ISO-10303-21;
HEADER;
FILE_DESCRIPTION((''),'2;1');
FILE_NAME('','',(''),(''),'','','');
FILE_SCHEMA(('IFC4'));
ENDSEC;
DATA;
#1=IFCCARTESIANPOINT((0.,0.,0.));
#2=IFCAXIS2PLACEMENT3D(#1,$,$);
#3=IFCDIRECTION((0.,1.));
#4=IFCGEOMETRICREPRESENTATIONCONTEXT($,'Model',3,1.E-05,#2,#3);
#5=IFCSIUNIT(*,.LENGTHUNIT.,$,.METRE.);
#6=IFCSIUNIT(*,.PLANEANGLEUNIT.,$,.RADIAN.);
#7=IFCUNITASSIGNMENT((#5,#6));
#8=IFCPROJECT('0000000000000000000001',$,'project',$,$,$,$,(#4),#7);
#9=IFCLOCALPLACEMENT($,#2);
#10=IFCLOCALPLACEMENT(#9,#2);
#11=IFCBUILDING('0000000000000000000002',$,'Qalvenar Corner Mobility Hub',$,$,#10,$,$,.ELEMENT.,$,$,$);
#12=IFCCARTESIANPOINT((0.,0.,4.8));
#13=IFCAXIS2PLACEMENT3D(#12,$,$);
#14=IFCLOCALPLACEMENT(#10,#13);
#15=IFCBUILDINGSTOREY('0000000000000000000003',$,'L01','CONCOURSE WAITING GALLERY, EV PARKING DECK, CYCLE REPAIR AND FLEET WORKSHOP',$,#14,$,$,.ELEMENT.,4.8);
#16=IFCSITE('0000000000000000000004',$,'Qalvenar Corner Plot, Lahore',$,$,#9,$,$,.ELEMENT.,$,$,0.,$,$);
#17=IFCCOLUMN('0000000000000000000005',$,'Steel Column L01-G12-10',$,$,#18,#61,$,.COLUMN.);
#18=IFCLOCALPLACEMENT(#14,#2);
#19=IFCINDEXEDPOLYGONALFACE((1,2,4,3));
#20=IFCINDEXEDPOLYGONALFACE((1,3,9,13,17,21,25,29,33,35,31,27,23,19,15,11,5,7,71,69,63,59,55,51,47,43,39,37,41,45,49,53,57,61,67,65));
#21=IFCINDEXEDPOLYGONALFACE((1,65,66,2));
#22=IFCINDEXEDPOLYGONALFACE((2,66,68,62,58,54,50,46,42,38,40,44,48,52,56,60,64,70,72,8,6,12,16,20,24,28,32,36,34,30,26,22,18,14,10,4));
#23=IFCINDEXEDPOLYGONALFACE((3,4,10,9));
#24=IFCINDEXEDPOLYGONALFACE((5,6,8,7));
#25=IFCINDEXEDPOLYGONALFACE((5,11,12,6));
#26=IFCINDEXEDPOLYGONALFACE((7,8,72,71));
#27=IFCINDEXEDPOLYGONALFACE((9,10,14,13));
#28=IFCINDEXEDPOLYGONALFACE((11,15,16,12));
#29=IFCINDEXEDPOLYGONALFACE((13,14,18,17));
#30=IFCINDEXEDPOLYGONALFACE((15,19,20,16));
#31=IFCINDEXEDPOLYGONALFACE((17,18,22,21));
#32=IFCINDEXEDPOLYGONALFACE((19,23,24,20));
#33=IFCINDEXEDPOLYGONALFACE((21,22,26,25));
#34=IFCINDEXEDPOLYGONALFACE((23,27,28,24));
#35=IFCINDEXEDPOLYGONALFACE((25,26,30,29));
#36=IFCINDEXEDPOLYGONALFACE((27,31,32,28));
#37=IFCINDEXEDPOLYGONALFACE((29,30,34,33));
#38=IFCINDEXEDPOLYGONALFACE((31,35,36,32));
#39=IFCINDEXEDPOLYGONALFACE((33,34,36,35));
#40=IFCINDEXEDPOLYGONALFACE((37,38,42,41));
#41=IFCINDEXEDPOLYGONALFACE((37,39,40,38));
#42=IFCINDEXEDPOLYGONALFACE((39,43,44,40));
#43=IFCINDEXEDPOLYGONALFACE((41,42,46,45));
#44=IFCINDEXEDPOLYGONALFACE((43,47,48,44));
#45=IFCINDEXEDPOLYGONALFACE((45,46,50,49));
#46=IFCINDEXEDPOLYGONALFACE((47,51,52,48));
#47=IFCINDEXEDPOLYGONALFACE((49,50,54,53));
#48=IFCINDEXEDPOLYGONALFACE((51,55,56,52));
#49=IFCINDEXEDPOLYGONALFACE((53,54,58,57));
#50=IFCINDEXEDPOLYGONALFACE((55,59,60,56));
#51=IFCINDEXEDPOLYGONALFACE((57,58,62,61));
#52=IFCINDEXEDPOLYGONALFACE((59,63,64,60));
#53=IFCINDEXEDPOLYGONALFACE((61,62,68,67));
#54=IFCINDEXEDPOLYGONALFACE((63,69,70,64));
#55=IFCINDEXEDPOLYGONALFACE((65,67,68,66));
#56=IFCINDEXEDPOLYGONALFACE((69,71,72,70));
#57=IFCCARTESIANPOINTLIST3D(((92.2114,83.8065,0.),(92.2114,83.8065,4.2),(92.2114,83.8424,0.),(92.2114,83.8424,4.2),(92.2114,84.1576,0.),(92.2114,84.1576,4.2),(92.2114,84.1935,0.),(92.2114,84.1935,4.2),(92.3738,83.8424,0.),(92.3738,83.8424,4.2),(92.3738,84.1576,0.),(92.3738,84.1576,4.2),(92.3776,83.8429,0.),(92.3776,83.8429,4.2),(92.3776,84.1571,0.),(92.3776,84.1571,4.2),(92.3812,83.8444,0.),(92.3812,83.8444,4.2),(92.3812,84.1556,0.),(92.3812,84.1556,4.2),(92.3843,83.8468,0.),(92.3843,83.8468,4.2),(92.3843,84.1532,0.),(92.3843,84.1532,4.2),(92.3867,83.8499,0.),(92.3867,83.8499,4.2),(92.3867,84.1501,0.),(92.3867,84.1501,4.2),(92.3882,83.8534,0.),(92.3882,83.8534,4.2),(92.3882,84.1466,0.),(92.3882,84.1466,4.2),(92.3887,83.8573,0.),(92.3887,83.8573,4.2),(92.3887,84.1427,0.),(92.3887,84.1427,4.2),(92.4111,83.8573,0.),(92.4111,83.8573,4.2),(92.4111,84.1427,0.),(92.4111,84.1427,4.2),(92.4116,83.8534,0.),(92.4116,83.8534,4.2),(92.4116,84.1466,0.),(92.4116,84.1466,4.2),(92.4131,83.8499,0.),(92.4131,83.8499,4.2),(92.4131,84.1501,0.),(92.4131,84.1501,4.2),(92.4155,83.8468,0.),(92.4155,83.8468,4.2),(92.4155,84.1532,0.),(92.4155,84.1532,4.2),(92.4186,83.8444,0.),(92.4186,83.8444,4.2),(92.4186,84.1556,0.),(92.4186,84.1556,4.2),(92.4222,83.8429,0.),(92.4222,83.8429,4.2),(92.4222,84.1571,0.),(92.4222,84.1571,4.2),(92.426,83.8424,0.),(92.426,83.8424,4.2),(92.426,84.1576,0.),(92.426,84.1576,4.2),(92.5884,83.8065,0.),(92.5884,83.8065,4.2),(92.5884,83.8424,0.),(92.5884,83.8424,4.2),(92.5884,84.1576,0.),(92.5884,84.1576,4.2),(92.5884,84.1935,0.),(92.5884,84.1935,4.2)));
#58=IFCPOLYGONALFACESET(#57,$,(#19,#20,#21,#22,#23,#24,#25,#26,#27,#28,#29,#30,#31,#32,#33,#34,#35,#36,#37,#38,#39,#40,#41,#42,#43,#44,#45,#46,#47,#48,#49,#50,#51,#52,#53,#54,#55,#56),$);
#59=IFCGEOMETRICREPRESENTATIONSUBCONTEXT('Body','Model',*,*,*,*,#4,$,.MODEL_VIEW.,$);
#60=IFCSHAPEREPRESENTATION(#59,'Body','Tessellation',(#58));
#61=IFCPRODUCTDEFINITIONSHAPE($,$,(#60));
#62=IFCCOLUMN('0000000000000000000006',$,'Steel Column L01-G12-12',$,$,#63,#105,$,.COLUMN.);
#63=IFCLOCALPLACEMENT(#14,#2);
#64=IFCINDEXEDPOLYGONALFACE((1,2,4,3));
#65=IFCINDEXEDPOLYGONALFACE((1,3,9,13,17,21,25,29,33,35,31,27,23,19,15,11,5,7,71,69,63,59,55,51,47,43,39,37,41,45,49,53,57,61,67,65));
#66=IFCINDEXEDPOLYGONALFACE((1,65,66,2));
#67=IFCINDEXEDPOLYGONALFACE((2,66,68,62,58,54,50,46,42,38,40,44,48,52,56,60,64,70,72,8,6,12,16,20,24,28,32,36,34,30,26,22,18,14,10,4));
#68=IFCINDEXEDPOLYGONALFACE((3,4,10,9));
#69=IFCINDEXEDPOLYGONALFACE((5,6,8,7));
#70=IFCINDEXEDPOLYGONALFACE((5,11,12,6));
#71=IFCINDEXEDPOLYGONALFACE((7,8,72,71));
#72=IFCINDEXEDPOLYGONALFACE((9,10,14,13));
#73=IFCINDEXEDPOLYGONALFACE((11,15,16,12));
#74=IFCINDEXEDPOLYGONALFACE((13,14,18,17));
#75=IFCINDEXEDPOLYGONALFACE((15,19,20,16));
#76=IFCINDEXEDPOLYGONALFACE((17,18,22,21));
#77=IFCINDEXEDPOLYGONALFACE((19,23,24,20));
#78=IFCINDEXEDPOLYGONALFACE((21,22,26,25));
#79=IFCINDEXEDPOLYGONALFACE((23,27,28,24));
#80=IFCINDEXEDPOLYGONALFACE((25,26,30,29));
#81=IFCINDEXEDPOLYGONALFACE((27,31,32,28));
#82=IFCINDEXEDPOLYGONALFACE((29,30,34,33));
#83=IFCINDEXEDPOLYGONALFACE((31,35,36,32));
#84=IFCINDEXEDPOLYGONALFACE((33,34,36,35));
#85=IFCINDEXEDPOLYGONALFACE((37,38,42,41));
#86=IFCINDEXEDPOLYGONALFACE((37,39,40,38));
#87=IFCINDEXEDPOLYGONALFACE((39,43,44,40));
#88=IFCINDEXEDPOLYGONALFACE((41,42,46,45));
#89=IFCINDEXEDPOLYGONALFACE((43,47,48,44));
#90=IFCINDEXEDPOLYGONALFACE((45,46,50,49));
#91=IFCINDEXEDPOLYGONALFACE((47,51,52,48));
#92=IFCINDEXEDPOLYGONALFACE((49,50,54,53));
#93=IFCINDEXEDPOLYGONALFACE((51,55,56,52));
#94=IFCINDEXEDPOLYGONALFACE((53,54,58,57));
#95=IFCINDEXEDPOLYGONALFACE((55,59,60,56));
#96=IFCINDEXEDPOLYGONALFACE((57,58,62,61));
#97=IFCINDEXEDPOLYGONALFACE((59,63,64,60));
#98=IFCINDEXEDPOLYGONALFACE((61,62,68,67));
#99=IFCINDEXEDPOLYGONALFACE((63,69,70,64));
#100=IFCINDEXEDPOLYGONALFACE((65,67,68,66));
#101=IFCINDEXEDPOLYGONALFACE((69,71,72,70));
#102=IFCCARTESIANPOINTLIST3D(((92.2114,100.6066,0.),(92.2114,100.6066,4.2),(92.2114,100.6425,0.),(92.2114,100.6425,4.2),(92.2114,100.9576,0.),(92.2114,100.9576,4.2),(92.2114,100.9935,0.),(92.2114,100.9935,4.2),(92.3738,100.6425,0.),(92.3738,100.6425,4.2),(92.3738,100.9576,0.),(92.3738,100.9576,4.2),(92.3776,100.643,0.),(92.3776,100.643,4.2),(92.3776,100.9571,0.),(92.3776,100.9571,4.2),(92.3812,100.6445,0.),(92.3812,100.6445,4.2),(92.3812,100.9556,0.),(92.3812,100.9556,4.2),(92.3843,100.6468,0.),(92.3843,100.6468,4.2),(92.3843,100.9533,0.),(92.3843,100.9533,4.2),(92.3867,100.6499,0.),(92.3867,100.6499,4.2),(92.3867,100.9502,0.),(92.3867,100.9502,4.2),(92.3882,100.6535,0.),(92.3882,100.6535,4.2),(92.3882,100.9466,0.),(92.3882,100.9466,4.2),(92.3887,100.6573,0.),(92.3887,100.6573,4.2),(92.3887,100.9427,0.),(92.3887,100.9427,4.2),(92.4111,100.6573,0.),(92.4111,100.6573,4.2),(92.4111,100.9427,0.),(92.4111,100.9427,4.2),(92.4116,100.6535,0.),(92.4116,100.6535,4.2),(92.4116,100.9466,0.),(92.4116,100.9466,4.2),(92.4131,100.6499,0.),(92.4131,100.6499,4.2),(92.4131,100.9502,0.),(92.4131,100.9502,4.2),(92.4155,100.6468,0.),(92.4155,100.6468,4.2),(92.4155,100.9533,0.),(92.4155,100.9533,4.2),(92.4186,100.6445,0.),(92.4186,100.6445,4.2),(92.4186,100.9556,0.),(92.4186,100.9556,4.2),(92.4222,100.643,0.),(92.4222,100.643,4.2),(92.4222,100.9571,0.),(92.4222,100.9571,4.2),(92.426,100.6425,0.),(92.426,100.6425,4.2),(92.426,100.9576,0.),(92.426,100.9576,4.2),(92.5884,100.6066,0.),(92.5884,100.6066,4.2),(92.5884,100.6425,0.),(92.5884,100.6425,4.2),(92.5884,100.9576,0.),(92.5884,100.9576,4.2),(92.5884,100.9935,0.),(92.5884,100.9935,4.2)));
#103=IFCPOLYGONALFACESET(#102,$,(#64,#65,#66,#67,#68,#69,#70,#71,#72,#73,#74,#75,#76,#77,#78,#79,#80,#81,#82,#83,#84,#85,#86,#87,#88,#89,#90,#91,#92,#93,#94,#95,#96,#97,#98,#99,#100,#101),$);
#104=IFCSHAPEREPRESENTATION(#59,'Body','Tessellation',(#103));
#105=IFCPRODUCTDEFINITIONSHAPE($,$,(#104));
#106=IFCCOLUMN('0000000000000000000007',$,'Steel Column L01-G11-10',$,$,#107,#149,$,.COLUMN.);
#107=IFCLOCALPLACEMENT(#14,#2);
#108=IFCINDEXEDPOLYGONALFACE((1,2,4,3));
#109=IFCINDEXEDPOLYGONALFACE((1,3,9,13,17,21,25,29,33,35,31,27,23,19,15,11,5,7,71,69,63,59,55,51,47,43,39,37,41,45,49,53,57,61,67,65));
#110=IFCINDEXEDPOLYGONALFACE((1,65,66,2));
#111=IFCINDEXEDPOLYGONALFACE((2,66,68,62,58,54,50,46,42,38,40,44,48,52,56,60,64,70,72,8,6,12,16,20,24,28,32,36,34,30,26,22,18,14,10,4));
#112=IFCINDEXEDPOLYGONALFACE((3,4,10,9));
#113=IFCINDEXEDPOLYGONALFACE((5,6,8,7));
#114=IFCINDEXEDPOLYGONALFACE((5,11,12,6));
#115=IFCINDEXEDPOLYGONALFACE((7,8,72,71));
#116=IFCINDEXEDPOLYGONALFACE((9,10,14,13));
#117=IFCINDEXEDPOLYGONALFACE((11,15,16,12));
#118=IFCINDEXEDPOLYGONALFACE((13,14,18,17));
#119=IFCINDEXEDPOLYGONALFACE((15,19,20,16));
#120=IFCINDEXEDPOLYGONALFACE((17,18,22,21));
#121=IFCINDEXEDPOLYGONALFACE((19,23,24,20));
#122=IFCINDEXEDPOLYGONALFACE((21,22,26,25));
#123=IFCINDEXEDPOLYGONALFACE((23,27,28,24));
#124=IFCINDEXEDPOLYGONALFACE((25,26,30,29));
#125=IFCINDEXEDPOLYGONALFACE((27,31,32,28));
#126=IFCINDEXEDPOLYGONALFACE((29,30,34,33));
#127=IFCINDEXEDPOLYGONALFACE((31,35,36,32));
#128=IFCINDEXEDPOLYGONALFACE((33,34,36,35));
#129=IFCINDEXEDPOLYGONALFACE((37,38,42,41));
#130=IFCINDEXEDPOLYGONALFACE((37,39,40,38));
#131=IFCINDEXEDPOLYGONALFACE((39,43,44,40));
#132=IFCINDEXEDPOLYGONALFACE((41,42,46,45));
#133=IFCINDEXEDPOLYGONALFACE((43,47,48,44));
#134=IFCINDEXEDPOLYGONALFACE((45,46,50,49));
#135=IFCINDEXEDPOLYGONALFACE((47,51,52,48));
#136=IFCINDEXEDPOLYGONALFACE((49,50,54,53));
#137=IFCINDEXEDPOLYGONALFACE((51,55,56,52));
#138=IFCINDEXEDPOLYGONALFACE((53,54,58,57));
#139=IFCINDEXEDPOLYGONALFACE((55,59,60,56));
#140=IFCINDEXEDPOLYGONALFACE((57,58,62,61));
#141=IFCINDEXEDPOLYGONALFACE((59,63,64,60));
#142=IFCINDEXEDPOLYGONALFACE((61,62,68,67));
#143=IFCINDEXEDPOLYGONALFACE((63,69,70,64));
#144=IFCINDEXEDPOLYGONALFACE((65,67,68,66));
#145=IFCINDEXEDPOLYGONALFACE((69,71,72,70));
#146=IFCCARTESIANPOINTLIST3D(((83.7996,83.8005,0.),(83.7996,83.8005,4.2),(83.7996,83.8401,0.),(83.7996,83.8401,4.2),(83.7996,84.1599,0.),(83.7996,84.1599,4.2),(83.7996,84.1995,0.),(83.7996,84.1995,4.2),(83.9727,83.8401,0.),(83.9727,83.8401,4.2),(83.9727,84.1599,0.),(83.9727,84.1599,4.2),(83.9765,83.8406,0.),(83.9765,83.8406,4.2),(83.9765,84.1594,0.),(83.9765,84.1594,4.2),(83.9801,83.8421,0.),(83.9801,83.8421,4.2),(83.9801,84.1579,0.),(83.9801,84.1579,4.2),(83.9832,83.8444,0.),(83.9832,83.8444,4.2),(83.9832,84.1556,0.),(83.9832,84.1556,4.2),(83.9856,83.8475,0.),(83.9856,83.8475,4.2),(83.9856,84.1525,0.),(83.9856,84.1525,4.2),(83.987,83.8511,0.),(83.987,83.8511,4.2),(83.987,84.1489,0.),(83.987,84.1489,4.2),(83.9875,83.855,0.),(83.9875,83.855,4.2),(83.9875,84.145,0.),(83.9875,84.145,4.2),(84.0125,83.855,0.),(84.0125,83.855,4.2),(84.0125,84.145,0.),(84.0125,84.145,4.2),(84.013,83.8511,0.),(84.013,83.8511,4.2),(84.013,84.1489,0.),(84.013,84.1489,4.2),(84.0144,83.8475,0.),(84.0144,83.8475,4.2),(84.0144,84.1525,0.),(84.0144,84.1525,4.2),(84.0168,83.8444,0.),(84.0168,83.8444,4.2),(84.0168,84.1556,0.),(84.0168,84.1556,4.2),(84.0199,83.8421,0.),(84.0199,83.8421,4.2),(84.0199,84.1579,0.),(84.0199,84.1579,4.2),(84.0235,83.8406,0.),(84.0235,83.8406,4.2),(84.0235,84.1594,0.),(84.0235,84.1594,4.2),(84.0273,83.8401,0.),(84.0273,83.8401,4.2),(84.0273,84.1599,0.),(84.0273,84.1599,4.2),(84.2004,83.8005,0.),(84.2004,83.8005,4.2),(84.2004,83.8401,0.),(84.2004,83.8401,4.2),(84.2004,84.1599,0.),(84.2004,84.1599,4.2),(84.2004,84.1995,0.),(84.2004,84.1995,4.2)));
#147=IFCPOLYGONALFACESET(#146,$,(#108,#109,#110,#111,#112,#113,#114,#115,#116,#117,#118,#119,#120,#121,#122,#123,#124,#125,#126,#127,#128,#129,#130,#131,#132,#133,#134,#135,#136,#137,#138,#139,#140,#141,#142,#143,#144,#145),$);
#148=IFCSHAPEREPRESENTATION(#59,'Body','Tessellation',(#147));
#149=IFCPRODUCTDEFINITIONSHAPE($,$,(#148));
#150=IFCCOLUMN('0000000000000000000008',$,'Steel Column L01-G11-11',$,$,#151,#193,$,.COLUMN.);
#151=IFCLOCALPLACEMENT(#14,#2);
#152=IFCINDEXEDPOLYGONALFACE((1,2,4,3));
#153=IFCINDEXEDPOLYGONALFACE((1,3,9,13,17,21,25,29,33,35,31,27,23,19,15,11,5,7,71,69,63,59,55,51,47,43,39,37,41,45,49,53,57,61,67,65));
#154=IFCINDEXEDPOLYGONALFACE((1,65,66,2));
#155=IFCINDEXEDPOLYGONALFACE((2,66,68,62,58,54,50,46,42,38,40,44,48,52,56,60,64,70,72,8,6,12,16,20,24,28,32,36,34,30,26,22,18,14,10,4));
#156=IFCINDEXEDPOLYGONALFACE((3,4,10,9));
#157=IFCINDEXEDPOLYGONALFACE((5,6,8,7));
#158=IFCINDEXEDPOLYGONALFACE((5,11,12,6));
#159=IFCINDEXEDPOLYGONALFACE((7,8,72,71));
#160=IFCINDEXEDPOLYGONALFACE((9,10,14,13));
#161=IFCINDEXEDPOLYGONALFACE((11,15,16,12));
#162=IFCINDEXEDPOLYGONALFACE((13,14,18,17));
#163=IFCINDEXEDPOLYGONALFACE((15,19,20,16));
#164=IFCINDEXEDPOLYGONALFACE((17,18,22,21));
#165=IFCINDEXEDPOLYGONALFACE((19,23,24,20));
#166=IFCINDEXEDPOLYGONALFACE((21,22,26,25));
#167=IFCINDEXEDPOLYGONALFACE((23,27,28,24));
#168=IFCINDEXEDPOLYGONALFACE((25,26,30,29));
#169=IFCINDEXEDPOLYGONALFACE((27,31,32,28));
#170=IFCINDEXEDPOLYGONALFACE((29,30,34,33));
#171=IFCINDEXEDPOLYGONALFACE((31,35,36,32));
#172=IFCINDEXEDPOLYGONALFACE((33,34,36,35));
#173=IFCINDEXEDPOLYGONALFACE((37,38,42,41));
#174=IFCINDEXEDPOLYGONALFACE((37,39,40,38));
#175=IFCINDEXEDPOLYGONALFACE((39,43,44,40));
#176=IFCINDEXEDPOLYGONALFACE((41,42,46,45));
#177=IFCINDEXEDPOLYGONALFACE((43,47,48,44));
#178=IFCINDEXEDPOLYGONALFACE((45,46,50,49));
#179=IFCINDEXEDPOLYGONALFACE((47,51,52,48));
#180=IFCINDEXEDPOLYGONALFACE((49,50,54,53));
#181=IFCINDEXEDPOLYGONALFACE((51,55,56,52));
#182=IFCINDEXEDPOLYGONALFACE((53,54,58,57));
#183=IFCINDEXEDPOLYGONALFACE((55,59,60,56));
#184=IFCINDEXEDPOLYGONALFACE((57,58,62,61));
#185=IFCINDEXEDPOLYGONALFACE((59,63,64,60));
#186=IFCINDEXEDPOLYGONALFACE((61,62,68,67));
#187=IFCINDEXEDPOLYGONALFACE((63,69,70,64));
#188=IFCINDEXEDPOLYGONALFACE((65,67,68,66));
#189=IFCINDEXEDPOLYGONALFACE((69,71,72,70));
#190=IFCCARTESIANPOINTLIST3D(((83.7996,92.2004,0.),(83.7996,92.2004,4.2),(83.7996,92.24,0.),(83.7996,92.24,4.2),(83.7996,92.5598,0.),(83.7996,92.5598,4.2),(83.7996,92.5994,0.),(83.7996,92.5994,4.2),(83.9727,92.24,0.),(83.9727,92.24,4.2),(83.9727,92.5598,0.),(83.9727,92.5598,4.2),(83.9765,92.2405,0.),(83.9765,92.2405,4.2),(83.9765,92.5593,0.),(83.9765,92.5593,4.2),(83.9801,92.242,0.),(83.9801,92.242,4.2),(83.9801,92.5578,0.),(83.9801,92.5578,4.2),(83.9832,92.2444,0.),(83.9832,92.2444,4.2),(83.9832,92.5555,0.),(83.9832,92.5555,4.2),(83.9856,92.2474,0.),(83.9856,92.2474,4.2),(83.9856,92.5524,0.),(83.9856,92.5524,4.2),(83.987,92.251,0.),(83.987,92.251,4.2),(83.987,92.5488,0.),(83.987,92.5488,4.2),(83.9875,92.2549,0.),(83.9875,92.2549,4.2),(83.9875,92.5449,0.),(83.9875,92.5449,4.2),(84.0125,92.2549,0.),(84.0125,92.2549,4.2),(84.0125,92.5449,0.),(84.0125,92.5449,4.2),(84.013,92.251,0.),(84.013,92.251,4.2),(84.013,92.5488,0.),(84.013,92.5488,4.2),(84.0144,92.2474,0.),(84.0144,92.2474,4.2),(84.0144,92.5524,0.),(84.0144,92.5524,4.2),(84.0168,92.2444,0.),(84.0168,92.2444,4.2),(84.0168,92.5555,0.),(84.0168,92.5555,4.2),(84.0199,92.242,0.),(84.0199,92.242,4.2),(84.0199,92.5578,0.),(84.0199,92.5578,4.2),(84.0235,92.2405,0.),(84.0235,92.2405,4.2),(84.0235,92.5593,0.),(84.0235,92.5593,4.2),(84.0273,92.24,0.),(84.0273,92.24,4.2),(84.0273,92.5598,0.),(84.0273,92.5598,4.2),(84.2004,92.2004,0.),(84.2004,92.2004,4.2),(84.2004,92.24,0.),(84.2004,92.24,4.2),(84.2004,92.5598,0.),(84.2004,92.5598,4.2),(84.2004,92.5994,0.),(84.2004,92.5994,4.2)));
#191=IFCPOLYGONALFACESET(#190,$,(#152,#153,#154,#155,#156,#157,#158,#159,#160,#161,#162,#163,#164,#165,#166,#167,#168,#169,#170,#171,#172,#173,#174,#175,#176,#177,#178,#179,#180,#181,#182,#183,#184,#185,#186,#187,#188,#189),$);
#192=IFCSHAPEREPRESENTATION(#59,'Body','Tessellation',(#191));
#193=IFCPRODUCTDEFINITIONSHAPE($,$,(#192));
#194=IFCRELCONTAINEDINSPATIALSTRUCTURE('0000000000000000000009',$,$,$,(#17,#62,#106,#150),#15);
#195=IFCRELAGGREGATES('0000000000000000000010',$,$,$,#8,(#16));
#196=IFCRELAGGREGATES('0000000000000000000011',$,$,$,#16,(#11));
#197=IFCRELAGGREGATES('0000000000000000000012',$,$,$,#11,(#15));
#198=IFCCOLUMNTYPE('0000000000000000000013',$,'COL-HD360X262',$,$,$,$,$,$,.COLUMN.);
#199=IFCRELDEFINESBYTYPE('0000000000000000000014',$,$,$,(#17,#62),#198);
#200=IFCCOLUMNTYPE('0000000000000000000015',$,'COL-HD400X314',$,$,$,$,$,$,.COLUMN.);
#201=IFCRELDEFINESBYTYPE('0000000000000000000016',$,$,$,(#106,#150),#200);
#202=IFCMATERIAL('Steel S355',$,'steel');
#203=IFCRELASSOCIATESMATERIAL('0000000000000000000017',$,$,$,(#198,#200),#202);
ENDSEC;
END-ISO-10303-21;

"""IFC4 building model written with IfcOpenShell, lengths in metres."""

from ifc_helpers import new_model, si_unit, direction, frame, origin, origin_2d, place, context, subcontext, project, spatial, i_section, extrude, material, material_profile, profile_set, type_object, element, save


model = new_model("IFC4")

# Units and contexts
model_context = context("Model", 3, precision=1e-05, world=origin(), true_north=direction((0.0, 1.0)))
body_context = subcontext(model_context, "Body", "Model", "MODEL_VIEW")
ifc_project = project(units=[si_unit("LENGTHUNIT", "METRE"), si_unit("PLANEANGLEUNIT", "RADIAN")], contexts=[model_context])

# Site, building, storey
site_placement = place(None, origin())
site = spatial("IfcSite", under=ifc_project, at=site_placement, Name="Qalvenar Corner Plot, Lahore", CompositionType="ELEMENT", RefElevation=0.0)
building_placement = place(site_placement, origin())
building = spatial("IfcBuilding", under=site, at=building_placement, Name="Qalvenar Corner Mobility Hub", CompositionType="ELEMENT")
storey_placement = place(building_placement, frame((0.0, 0.0, 4.8)))
storey = spatial("IfcBuildingStorey", under=building, at=storey_placement, Name="L01", Description="CONCOURSE WAITING GALLERY, EV PARKING DECK, CYCLE REPAIR AND FLEET WORKSHOP", CompositionType="ELEMENT", Elevation=4.8)

# Columns
ifc_material_1 = material(Name="Steel S355", Category="steel")
ifc_material_profile_1 = material_profile(ifc_material_1, i_section(OverallWidth=0.377, OverallDepth=0.387, WebThickness=0.0225, FlangeThickness=0.0359, FilletRadius=0.0149, at=origin_2d()), Name="HD360x262")
ifc_profile_set_1 = profile_set([ifc_material_profile_1], Name="Steel S355")
column_type_1 = type_object("IfcColumnType", Name="COL-HD360X262", PredefinedType="COLUMN", material=ifc_profile_set_1)
for number, where, z_axis, x_axis, name in (
    (1, (92.3999, 84.0, 0.0), (0.0, 0.0, 1.0), (1.0, 0.0, 0.0), "Steel Column L01-G12-10"),
    (2, (92.3999, 100.8, 0.0), (0.0, 0.0, 1.0), (1.0, 0.0, 0.0), "Steel Column L01-G12-12"),
):
    element("IfcColumn", number, at=place(storey_placement, frame(where, z_axis=z_axis, x_axis=x_axis)), inside=storey, type_object=column_type_1, Name=name, PredefinedType="COLUMN", context=body_context, shape_type="SweptSolid", body=[
        extrude(i_section(OverallWidth=0.377, OverallDepth=0.387, WebThickness=0.0225, FlangeThickness=0.0359, FilletRadius=0.0149, at=origin_2d()), origin(), (0.0, 0.0, 1.0), 4.2),
    ])
ifc_material_profile_2 = material_profile(ifc_material_1, i_section(OverallWidth=0.4009, OverallDepth=0.3989, WebThickness=0.0249, FlangeThickness=0.0396, FilletRadius=0.0149, at=origin_2d()), Name="HD400x314")
ifc_profile_set_2 = profile_set([ifc_material_profile_2], Name="Steel S355")
column_type_2 = type_object("IfcColumnType", Name="COL-HD400X314", PredefinedType="COLUMN", material=ifc_profile_set_2)
for number, where, z_axis, x_axis, name in (
    (3, (84.0, 84.0, 0.0), (0.0, 0.0, 1.0), (1.0, 0.0, 0.0), "Steel Column L01-G11-10"),
    (4, (84.0, 92.3999, 0.0), (0.0, 0.0, 1.0), (1.0, 0.0, 0.0), "Steel Column L01-G11-11"),
):
    element("IfcColumn", number, at=place(storey_placement, frame(where, z_axis=z_axis, x_axis=x_axis)), inside=storey, type_object=column_type_2, Name=name, PredefinedType="COLUMN", context=body_context, shape_type="SweptSolid", body=[
        extrude(i_section(OverallWidth=0.4009, OverallDepth=0.3989, WebThickness=0.0249, FlangeThickness=0.0396, FilletRadius=0.0149, at=origin_2d()), origin(), (0.0, 0.0, 1.0), 4.2),
    ])

save(model, "model.ifc")
